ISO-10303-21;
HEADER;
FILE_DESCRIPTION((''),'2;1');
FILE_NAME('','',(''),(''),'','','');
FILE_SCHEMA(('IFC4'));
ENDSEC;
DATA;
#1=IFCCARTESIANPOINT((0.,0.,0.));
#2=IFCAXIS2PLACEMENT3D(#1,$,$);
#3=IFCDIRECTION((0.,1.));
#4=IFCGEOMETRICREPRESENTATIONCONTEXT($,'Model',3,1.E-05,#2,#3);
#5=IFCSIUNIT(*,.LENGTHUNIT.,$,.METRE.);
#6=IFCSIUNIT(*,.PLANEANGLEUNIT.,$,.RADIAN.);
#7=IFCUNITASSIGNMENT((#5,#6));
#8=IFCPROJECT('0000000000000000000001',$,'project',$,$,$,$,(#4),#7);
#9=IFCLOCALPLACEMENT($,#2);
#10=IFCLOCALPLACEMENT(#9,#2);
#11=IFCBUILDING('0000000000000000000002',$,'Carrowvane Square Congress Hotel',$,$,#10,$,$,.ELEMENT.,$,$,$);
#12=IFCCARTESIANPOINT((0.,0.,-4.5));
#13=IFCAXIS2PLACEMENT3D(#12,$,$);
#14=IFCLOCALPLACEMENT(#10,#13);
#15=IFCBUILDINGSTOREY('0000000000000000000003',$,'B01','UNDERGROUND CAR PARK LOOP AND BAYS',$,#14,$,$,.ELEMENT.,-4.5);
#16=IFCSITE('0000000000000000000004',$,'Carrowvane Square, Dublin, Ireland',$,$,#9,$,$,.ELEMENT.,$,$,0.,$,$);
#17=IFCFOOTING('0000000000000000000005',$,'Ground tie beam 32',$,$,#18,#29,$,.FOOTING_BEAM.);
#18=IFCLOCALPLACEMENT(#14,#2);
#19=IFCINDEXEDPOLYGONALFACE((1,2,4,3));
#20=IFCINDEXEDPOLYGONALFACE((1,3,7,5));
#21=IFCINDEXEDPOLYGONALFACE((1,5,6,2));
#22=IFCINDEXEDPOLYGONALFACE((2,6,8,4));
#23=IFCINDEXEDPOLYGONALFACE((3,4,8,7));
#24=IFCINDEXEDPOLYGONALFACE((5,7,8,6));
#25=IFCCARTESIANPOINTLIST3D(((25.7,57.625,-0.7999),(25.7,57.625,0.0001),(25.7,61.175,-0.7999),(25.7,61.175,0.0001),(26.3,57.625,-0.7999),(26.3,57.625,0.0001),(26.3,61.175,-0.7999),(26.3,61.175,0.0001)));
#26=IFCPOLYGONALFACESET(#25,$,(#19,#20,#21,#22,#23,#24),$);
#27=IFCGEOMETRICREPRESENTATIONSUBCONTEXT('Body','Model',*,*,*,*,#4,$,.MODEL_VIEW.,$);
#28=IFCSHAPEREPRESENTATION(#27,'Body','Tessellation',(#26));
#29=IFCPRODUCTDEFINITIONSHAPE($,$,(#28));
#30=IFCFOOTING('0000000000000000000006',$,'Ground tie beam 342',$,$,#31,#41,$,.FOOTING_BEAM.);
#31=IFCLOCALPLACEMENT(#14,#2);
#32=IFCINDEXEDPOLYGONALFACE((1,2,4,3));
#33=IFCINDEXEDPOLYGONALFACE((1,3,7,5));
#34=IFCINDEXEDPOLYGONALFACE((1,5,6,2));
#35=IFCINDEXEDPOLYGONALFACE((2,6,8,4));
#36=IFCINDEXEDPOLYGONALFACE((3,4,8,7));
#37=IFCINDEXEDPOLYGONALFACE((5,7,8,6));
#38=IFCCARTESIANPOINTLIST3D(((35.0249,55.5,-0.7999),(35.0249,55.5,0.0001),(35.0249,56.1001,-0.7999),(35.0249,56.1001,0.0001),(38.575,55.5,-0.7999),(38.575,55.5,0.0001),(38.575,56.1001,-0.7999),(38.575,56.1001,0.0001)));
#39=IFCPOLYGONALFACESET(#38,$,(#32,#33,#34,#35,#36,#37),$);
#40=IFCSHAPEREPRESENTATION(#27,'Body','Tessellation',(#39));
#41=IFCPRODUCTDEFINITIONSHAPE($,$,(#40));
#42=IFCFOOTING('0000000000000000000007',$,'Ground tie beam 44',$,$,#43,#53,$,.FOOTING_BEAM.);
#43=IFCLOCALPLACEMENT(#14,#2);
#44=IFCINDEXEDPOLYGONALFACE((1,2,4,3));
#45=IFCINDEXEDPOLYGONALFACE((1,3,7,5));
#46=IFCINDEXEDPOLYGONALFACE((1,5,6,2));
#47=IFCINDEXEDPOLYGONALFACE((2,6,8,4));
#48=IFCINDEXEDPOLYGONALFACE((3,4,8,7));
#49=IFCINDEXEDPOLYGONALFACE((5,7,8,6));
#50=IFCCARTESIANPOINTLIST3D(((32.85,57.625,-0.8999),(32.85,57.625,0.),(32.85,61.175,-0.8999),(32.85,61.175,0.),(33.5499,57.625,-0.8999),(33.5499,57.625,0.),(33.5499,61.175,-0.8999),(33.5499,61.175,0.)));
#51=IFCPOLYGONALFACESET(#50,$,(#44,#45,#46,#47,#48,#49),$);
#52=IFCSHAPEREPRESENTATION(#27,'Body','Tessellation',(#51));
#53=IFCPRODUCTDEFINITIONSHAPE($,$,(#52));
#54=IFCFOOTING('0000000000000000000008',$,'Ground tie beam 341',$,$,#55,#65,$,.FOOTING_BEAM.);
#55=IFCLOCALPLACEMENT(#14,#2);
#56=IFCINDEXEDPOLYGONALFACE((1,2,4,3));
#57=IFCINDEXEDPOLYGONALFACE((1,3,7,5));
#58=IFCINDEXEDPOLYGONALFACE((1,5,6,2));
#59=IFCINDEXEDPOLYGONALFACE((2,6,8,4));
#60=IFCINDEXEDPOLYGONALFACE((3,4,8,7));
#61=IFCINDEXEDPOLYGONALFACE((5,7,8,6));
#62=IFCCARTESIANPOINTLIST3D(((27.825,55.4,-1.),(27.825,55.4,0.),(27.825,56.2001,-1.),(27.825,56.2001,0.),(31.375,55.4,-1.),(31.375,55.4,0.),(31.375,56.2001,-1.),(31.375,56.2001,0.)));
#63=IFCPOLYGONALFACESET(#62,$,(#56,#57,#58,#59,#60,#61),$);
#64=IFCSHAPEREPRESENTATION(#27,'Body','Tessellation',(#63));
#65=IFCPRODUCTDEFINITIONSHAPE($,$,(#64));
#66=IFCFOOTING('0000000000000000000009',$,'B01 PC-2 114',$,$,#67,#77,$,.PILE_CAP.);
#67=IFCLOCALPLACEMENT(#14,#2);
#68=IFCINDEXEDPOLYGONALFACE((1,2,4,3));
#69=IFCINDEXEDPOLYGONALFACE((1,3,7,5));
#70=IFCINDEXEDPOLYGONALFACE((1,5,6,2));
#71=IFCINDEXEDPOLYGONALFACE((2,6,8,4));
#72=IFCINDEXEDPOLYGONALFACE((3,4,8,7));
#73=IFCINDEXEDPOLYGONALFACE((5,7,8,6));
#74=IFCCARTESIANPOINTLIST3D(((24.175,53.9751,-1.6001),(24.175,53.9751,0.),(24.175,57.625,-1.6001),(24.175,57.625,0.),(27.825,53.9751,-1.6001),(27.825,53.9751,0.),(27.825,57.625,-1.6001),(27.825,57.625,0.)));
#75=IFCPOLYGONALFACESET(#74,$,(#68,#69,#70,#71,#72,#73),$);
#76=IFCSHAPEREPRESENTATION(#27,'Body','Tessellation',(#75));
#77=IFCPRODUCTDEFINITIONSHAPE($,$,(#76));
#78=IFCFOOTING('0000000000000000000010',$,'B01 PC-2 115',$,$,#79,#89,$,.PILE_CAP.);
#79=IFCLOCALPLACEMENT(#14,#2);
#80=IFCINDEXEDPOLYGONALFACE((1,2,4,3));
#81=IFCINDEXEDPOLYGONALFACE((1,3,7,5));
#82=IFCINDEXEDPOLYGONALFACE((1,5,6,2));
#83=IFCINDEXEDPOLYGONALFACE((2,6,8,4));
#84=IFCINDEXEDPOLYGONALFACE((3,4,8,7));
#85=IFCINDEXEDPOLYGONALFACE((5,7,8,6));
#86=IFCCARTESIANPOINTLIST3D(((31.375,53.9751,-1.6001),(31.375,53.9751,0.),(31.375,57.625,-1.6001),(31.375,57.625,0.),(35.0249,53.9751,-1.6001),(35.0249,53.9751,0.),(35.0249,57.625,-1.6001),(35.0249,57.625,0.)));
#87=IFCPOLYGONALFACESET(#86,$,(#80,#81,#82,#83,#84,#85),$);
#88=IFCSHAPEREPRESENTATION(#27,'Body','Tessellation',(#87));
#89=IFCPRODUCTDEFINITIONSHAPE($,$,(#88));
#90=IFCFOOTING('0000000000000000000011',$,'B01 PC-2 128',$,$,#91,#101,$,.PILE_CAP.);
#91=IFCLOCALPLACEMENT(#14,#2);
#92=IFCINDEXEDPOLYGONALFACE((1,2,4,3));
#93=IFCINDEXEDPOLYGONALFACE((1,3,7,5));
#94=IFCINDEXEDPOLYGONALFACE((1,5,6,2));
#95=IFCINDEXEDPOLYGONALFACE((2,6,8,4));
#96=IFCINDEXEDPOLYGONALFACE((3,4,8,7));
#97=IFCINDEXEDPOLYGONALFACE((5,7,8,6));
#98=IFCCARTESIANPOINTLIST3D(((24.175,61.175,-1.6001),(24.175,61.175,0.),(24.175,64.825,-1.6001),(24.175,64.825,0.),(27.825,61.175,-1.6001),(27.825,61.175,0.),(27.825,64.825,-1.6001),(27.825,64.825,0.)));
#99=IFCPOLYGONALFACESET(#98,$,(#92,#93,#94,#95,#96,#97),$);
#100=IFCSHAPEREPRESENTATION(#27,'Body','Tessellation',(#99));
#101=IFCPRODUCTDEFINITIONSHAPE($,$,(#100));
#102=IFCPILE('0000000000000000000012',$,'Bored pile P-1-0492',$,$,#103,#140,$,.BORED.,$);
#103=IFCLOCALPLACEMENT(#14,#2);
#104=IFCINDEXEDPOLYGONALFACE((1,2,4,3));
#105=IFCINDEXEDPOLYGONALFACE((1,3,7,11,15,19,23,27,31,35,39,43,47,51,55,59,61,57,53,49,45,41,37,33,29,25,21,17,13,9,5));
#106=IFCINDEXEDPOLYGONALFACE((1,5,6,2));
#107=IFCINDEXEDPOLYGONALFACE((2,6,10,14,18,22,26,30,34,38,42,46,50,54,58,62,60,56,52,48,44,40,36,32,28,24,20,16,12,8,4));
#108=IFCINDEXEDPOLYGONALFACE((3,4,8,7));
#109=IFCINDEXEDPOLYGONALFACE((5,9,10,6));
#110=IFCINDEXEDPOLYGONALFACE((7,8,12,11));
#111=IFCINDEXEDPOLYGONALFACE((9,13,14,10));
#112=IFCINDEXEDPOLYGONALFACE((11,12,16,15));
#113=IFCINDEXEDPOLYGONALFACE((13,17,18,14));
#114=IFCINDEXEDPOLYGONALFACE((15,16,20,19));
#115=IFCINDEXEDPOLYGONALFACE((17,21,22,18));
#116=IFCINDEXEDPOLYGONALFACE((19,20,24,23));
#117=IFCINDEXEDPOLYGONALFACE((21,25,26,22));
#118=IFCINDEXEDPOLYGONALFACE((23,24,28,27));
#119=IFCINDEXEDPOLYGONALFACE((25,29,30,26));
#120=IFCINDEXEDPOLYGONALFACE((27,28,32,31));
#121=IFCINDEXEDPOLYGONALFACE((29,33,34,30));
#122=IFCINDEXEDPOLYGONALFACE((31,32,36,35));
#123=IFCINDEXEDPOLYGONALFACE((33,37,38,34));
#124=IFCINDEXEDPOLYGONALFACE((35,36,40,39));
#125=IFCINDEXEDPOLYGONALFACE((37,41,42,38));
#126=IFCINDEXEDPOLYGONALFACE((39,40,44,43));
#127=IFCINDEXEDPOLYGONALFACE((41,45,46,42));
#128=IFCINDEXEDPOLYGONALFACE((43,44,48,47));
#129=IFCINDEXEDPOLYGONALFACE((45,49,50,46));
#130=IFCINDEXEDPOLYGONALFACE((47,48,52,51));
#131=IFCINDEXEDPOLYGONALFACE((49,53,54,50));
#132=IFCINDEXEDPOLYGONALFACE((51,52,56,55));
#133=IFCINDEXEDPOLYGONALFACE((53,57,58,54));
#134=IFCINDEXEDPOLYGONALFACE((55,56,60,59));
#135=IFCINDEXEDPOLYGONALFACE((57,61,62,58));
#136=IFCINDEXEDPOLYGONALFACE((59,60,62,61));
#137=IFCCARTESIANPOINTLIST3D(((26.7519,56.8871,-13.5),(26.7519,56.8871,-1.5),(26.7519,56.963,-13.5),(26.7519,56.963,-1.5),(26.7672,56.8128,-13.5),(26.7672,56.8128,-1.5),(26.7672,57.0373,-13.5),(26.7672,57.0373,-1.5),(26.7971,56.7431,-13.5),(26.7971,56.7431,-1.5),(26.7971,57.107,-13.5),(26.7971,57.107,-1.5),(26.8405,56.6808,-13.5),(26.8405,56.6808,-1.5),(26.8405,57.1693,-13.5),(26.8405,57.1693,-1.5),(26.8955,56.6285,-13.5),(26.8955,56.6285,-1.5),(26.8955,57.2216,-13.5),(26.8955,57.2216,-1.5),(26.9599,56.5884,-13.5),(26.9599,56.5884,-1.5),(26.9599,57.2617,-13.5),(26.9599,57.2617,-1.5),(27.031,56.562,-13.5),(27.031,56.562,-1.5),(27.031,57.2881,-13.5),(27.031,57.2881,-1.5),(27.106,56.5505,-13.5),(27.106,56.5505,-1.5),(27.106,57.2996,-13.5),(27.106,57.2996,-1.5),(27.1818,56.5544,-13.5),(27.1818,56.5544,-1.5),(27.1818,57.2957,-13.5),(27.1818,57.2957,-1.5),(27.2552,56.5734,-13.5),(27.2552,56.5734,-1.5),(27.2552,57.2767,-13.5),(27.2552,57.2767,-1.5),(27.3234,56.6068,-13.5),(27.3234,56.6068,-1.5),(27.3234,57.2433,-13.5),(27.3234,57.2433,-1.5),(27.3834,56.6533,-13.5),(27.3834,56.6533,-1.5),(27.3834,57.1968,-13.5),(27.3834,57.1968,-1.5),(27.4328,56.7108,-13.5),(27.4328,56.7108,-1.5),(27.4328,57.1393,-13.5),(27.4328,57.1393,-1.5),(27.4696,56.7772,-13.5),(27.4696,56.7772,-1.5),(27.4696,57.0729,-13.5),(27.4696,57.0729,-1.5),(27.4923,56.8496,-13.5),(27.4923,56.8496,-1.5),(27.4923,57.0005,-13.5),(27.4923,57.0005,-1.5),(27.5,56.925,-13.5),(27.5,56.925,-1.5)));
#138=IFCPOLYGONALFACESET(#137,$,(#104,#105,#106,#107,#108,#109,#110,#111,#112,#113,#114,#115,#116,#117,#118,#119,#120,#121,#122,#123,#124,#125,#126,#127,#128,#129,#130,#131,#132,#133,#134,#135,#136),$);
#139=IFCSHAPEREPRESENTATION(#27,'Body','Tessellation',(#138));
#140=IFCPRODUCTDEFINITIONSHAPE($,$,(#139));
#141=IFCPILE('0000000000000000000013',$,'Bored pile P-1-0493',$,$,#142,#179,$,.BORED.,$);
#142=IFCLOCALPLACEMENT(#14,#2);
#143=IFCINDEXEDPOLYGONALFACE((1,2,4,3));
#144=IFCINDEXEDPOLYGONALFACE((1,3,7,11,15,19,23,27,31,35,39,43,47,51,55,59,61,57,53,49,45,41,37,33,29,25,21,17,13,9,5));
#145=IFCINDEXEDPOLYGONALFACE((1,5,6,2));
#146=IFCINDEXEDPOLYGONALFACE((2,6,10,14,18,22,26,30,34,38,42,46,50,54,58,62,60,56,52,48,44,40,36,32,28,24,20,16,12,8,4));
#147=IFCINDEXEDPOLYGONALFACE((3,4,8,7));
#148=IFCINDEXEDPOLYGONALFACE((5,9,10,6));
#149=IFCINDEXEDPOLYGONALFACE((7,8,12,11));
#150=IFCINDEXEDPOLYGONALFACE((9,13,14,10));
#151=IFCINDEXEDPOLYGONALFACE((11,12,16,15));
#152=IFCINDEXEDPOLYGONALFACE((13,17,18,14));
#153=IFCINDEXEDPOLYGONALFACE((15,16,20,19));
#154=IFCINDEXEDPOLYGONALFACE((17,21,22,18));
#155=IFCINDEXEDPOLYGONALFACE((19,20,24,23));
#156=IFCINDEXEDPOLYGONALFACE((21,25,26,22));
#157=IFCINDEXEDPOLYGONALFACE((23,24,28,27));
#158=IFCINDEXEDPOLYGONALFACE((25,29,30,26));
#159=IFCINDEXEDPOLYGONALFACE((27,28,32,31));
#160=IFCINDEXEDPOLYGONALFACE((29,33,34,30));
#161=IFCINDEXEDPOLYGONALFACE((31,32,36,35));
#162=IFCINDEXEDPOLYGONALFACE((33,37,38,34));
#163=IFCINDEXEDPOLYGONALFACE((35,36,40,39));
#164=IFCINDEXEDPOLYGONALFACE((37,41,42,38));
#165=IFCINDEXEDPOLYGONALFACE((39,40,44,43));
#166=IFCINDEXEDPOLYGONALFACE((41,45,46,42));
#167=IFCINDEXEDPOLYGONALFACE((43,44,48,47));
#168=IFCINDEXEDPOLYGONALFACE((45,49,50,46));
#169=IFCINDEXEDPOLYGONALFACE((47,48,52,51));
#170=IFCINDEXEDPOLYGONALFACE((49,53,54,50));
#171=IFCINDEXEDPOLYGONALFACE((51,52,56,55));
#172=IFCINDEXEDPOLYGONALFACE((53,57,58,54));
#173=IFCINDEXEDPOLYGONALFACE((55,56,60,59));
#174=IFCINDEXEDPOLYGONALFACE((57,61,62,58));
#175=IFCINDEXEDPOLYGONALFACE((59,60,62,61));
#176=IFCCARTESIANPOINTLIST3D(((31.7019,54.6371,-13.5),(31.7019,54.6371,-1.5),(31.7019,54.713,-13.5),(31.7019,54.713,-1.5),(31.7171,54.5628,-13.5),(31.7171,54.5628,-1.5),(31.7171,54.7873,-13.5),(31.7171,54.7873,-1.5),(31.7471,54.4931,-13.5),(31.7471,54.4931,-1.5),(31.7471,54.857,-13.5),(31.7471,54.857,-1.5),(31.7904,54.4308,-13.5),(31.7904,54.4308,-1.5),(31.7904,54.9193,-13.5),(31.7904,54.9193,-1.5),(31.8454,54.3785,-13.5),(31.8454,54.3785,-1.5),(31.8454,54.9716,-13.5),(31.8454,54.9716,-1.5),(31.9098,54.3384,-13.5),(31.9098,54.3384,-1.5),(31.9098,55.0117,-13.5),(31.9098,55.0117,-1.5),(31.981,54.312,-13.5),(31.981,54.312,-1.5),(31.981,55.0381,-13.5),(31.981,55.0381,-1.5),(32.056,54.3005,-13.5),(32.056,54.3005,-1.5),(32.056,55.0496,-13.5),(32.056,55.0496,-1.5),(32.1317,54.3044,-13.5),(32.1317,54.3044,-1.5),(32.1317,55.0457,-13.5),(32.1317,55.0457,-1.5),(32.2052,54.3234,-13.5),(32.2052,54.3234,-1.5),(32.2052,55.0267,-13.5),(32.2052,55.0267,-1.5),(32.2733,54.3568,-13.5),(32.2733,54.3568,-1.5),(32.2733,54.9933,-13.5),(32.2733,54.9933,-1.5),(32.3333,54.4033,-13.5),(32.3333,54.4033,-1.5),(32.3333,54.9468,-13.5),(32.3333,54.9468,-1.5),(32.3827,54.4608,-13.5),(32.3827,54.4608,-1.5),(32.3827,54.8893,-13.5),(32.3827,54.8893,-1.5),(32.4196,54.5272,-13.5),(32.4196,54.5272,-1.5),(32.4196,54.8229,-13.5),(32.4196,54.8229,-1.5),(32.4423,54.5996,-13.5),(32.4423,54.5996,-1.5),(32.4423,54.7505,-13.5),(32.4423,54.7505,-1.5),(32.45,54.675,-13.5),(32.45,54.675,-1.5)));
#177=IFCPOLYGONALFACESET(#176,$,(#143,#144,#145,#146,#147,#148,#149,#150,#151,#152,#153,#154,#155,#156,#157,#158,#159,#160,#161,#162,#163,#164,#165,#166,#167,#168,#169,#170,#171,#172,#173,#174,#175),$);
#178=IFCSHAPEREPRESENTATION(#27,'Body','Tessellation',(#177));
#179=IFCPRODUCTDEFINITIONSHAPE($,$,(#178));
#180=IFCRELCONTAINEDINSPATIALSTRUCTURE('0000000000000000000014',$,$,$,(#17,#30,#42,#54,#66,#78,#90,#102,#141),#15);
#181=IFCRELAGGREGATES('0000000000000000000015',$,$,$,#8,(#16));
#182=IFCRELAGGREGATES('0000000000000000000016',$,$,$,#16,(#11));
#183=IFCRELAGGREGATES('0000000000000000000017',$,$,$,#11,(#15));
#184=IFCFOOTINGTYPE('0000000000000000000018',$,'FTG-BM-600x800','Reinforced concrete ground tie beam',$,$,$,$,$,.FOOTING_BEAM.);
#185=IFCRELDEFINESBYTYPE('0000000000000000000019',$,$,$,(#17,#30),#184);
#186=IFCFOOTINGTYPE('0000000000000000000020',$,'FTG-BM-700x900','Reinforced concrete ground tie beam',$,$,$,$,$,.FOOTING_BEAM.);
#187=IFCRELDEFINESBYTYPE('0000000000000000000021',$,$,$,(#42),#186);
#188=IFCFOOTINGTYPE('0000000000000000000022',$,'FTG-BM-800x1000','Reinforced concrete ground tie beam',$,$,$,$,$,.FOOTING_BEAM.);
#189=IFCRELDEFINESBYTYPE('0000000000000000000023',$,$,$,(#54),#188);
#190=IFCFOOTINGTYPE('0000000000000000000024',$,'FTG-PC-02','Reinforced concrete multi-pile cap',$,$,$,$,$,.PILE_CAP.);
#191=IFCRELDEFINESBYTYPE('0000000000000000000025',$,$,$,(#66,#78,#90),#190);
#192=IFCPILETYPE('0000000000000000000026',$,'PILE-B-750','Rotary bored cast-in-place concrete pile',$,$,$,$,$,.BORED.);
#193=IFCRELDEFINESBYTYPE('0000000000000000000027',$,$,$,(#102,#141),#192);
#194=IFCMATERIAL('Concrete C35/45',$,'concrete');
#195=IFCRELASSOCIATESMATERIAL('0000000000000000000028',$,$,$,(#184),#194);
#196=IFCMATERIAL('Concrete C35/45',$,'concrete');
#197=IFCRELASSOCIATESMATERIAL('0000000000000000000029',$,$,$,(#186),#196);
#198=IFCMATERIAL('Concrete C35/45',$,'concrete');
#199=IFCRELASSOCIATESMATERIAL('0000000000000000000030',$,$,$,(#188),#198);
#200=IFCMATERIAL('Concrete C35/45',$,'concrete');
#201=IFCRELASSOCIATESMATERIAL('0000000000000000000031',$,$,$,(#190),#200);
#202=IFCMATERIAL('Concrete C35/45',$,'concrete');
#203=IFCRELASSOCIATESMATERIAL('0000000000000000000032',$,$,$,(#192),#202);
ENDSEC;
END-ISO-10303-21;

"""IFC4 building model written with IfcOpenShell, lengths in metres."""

from ifc_helpers import new_model, si_unit, direction, frame, origin, origin_2d, place, context, subcontext, project, spatial, rectangle, circle, extrude, material, material_profile, profile_set, type_object, element, save


model = new_model("IFC4")

# Units and contexts
model_context = context("Model", 3, precision=1e-05, world=origin(), true_north=direction((0.0, 1.0)))
body_context = subcontext(model_context, "Body", "Model", "MODEL_VIEW")
ifc_project = project(units=[si_unit("LENGTHUNIT", "METRE"), si_unit("PLANEANGLEUNIT", "RADIAN")], contexts=[model_context])

# Site, building, storey
site_placement = place(None, origin())
site = spatial("IfcSite", under=ifc_project, at=site_placement, Name="Carrowvane Square, Dublin, Ireland", CompositionType="ELEMENT", RefElevation=0.0)
building_placement = place(site_placement, origin())
building = spatial("IfcBuilding", under=site, at=building_placement, Name="Carrowvane Square Congress Hotel", CompositionType="ELEMENT")
storey_placement = place(building_placement, frame((0.0, 0.0, -4.5)))
storey = spatial("IfcBuildingStorey", under=building, at=storey_placement, Name="B01", Description="UNDERGROUND CAR PARK LOOP AND BAYS", CompositionType="ELEMENT", Elevation=-4.5)

# Footings
ifc_material_1 = material(Name="Concrete C35/45", Category="concrete")
ifc_material_profile_1 = material_profile(ifc_material_1, rectangle(XDim=0.6001, YDim=0.8, at=origin_2d()), Name="RC 600x800")
ifc_profile_set_1 = profile_set([ifc_material_profile_1], Name="Concrete C35/45")
footing_type_1 = type_object("IfcFootingType", Name="FTG-BM-600x800", Description="Reinforced concrete ground tie beam", PredefinedType="FOOTING_BEAM", material=ifc_profile_set_1)
for number, where, z_axis, x_axis, name in (
    (1, (26.0, 57.625, -0.3999), (0.0, 1.0, 0.0), (-1.0, 0.0, 0.0), "Ground tie beam 32"),
    (2, (35.0249, 55.8, -0.3999), (1.0, 0.0, 0.0), (0.0, 1.0, 0.0), "Ground tie beam 342"),
):
    element("IfcFooting", number, at=place(storey_placement, frame(where, z_axis=z_axis, x_axis=x_axis)), inside=storey, type_object=footing_type_1, Name=name, PredefinedType="FOOTING_BEAM", context=body_context, shape_type="SweptSolid", body=[
        extrude(rectangle(XDim=0.6001, YDim=0.8, at=origin_2d()), origin(), (0.0, 0.0, 1.0), 3.55),
    ])
ifc_material_2 = material(Name="Concrete C35/45", Category="concrete")
ifc_material_profile_2 = material_profile(ifc_material_2, rectangle(XDim=0.7, YDim=0.8999, at=origin_2d()), Name="RC 700x900")
ifc_profile_set_2 = profile_set([ifc_material_profile_2], Name="Concrete C35/45")
footing_type_2 = type_object("IfcFootingType", Name="FTG-BM-700x900", Description="Reinforced concrete ground tie beam", PredefinedType="FOOTING_BEAM", material=ifc_profile_set_2)
footing_1_placement = place(storey_placement, frame((33.2, 57.625, -0.45), z_axis=(0.0, 1.0, 0.0), x_axis=(-1.0, 0.0, 0.0)))
element("IfcFooting", 3, at=footing_1_placement, inside=storey, type_object=footing_type_2, Name="Ground tie beam 44", PredefinedType="FOOTING_BEAM", context=body_context, shape_type="SweptSolid", body=[
    extrude(rectangle(XDim=0.7, YDim=0.8999, at=origin_2d()), origin(), (0.0, 0.0, 1.0), 3.55),
])
ifc_material_3 = material(Name="Concrete C35/45", Category="concrete")
ifc_material_profile_3 = material_profile(ifc_material_3, rectangle(XDim=0.8, YDim=1.0, at=origin_2d()), Name="RC 800x1000")
ifc_profile_set_3 = profile_set([ifc_material_profile_3], Name="Concrete C35/45")
footing_type_3 = type_object("IfcFootingType", Name="FTG-BM-800x1000", Description="Reinforced concrete ground tie beam", PredefinedType="FOOTING_BEAM", material=ifc_profile_set_3)
footing_2_placement = place(storey_placement, frame((27.825, 55.8, -0.5), z_axis=(1.0, 0.0, 0.0), x_axis=(0.0, 1.0, 0.0)))
element("IfcFooting", 4, at=footing_2_placement, inside=storey, type_object=footing_type_3, Name="Ground tie beam 341", PredefinedType="FOOTING_BEAM", context=body_context, shape_type="SweptSolid", body=[
    extrude(rectangle(XDim=0.8, YDim=1.0, at=origin_2d()), origin(), (0.0, 0.0, 1.0), 3.55),
])
ifc_material_4 = material(Name="Concrete C35/45", Category="concrete")
footing_type_4 = type_object("IfcFootingType", Name="FTG-PC-02", Description="Reinforced concrete multi-pile cap", PredefinedType="PILE_CAP", material=ifc_material_4)
for number, where, z_axis, x_axis, name in (
    (5, (26.0, 55.8, -1.6001), (0.0, 0.0, 1.0), (1.0, 0.0, 0.0), "B01 PC-2 114"),
    (6, (33.2, 55.8, -1.6001), (0.0, 0.0, 1.0), (1.0, 0.0, 0.0), "B01 PC-2 115"),
    (7, (26.0, 63.0, -1.6001), (0.0, 0.0, 1.0), (1.0, 0.0, 0.0), "B01 PC-2 128"),
):
    element("IfcFooting", number, at=place(storey_placement, frame(where, z_axis=z_axis, x_axis=x_axis)), inside=storey, type_object=footing_type_4, Name=name, PredefinedType="PILE_CAP", context=body_context, shape_type="SweptSolid", body=[
        extrude(rectangle(XDim=3.6499, YDim=3.6499, at=origin_2d()), origin(), (0.0, 0.0, 1.0), 1.6001),
    ])

# Piles
ifc_material_5 = material(Name="Concrete C35/45", Category="concrete")
ifc_material_profile_4 = material_profile(ifc_material_5, circle(Radius=0.375, at=origin_2d()), Name="PILE D750")
ifc_profile_set_4 = profile_set([ifc_material_profile_4], Name="Concrete C35/45")
pile_type = type_object("IfcPileType", Name="PILE-B-750", Description="Rotary bored cast-in-place concrete pile", PredefinedType="BORED", material=ifc_profile_set_4)
for number, where, z_axis, x_axis, name in (
    (8, (27.125, 56.925, -1.5), (0.0, 0.0, -1.0), (1.0, 0.0, 0.0), "Bored pile P-1-0492"),
    (9, (32.075, 54.675, -1.5), (0.0, 0.0, -1.0), (1.0, 0.0, 0.0), "Bored pile P-1-0493"),
):
    element("IfcPile", number, at=place(storey_placement, frame(where, z_axis=z_axis, x_axis=x_axis)), inside=storey, type_object=pile_type, Name=name, PredefinedType="BORED", context=body_context, shape_type="SweptSolid", body=[
        extrude(circle(Radius=0.375, at=origin_2d()), origin(), (0.0, 0.0, 1.0), 12.0),
    ])

save(model, "model.ifc")
